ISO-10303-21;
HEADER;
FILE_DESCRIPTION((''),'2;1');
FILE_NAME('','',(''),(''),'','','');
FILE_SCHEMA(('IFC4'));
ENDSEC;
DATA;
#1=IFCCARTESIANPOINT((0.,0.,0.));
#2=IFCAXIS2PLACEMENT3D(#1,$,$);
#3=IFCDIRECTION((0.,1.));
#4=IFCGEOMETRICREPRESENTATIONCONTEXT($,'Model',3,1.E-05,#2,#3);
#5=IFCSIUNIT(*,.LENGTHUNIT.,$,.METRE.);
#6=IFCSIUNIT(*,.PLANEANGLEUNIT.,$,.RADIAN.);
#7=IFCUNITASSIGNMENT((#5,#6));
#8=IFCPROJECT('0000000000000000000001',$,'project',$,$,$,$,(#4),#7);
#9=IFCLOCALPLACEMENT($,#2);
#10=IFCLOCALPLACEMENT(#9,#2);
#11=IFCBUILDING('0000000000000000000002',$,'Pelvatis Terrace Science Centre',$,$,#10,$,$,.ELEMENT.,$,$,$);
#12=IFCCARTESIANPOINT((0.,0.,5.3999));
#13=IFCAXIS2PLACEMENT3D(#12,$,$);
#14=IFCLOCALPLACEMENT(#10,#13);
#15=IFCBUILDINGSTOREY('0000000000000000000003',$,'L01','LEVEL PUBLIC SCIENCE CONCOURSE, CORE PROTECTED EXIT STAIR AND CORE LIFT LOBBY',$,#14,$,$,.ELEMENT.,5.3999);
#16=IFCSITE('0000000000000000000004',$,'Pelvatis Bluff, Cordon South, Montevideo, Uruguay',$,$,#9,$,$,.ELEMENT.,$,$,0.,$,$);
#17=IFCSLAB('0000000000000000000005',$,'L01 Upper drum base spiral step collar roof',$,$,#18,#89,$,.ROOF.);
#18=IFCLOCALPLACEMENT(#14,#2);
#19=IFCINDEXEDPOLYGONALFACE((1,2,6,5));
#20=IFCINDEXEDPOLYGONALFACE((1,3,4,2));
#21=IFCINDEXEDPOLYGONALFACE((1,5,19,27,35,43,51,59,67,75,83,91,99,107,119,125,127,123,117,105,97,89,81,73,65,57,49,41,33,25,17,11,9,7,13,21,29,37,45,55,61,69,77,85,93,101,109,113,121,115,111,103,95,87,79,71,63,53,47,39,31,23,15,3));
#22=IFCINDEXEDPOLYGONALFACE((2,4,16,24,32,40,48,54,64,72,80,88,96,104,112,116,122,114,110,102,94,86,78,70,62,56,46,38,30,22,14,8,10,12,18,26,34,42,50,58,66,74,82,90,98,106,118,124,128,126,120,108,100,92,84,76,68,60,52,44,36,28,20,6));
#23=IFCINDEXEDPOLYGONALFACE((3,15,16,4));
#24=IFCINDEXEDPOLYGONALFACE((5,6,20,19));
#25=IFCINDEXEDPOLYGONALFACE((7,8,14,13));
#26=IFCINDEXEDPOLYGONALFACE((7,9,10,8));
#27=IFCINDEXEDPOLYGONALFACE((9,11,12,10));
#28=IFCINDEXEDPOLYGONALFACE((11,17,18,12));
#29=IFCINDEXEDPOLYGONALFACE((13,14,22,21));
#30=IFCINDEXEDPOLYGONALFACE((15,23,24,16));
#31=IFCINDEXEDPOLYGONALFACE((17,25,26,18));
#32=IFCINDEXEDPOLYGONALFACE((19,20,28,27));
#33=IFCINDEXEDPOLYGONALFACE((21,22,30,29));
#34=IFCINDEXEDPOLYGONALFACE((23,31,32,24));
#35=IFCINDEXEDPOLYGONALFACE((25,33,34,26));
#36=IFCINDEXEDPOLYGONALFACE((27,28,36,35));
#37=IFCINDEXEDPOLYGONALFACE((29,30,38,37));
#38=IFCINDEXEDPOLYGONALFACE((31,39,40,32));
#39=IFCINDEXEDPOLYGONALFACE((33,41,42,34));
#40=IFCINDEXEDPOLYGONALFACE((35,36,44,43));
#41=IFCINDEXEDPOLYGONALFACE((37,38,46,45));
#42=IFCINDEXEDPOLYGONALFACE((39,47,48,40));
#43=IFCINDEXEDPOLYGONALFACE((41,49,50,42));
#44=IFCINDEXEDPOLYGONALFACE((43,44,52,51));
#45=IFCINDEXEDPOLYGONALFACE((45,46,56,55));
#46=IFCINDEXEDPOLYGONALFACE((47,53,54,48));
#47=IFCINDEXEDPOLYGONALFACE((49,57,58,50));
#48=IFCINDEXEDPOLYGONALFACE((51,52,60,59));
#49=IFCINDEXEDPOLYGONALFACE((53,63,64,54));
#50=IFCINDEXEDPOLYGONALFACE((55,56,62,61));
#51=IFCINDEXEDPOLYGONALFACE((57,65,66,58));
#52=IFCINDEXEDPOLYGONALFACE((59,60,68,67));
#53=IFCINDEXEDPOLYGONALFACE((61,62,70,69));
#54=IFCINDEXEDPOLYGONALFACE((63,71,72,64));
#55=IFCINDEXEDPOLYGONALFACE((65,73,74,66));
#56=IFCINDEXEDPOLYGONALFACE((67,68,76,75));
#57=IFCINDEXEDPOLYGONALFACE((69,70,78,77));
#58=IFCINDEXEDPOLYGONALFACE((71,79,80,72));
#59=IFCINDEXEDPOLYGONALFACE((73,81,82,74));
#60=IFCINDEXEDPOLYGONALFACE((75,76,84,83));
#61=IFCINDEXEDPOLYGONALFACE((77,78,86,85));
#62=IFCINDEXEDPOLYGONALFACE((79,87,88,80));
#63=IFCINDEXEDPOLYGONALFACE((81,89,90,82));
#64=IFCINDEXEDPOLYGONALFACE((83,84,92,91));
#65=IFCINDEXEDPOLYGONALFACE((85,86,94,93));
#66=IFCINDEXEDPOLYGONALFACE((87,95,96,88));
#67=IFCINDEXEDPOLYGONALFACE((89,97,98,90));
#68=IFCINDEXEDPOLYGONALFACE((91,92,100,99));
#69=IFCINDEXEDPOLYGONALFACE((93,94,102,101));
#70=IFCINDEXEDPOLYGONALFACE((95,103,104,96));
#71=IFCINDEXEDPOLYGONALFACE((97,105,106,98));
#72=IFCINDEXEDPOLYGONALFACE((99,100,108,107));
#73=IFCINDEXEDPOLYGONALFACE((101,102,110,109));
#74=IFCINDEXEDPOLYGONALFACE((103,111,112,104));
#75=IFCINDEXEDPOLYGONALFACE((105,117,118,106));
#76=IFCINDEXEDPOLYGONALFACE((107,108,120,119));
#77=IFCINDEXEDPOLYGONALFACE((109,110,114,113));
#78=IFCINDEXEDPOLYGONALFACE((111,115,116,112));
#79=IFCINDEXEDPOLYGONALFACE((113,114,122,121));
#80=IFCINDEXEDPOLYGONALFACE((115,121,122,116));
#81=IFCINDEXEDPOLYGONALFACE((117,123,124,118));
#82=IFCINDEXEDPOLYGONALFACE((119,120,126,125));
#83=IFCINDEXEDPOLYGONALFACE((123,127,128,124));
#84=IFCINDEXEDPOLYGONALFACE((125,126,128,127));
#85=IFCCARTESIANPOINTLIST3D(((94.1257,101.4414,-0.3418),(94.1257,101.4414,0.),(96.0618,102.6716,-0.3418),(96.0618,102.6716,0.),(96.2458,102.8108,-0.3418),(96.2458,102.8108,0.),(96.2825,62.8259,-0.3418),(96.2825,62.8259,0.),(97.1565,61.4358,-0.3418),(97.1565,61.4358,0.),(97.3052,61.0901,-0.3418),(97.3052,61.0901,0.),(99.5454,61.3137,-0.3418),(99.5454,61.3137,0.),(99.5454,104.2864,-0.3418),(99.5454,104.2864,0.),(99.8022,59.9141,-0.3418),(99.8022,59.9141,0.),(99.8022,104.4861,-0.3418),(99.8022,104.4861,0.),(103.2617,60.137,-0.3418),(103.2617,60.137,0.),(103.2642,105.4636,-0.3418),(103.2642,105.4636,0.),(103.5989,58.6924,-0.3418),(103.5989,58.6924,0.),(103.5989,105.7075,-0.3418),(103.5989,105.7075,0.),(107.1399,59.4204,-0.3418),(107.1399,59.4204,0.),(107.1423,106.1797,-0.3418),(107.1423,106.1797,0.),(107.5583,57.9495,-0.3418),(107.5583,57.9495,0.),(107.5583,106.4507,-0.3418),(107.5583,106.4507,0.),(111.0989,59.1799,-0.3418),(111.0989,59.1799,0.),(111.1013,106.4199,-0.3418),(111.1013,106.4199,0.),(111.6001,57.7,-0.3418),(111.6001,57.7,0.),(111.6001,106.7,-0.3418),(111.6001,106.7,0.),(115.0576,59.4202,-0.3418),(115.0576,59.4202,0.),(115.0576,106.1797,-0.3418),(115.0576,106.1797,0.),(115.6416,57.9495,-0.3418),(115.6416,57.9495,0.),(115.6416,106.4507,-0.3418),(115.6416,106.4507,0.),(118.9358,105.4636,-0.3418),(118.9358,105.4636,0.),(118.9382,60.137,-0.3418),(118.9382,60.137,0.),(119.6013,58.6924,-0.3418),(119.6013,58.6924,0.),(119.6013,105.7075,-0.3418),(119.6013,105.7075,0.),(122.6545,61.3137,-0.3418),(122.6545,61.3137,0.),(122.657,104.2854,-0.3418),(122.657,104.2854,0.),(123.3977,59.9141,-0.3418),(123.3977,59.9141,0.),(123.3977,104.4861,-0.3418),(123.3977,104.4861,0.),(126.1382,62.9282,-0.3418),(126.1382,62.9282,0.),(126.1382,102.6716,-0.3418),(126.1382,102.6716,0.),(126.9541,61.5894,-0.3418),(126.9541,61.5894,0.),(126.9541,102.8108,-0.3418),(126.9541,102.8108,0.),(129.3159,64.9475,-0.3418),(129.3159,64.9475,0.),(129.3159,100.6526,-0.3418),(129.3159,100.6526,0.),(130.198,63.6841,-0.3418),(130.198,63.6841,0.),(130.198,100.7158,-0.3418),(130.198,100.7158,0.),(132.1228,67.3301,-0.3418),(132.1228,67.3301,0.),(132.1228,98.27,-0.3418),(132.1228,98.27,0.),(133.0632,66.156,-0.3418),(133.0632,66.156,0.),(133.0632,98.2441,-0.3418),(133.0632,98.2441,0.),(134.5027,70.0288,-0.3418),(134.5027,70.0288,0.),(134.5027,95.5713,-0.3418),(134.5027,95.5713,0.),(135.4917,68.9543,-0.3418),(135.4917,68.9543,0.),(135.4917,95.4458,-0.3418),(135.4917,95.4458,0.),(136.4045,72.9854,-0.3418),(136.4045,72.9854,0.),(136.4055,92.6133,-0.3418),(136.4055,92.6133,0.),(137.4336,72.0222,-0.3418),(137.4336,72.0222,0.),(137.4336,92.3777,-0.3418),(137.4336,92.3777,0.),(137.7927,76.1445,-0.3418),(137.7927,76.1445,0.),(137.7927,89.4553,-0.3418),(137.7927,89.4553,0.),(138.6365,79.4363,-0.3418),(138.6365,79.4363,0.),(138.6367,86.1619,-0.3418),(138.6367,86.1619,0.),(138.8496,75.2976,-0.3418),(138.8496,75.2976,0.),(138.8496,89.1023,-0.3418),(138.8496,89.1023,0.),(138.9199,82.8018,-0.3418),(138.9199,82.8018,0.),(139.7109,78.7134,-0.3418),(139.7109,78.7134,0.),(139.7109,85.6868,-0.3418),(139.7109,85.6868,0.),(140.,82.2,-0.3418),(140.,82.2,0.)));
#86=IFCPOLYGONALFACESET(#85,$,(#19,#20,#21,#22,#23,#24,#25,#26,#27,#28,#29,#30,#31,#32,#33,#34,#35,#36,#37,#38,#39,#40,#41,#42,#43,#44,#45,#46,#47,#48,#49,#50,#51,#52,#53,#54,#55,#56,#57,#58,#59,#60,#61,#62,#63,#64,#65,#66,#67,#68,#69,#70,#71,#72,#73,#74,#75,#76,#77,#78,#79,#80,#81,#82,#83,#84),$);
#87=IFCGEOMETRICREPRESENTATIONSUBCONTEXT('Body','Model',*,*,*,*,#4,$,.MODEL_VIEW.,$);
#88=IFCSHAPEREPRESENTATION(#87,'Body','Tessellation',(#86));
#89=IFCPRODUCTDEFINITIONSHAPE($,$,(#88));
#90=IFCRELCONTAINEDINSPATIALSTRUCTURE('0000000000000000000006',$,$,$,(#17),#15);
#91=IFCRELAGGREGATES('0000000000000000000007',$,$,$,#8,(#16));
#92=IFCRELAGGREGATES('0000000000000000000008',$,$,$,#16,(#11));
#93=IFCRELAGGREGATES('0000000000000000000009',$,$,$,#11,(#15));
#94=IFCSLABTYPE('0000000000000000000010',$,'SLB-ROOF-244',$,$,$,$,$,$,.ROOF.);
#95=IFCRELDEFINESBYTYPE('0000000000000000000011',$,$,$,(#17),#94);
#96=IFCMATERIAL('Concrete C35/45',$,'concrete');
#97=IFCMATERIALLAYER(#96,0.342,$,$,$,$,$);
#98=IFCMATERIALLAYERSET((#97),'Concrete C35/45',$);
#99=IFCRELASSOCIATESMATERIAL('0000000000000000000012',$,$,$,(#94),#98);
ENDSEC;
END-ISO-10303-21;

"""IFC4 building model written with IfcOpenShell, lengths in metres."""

from ifc_helpers import new_model, si_unit, direction, frame, origin, place, context, subcontext, project, spatial, polyline, outline, extrude, material, layer, layer_set, type_object, element, save


model = new_model("IFC4")

# Units and contexts
model_context = context("Model", 3, precision=1e-05, world=origin(), true_north=direction((0.0, 1.0)))
body_context = subcontext(model_context, "Body", "Model", "MODEL_VIEW")
ifc_project = project(units=[si_unit("LENGTHUNIT", "METRE"), si_unit("PLANEANGLEUNIT", "RADIAN")], contexts=[model_context])

# Site, building, storey
site_placement = place(None, origin())
site = spatial("IfcSite", under=ifc_project, at=site_placement, Name="Pelvatis Bluff, Cordon South, Montevideo, Uruguay", CompositionType="ELEMENT", RefElevation=0.0)
building_placement = place(site_placement, origin())
building = spatial("IfcBuilding", under=site, at=building_placement, Name="Pelvatis Terrace Science Centre", CompositionType="ELEMENT")
storey_placement = place(building_placement, frame((0.0, 0.0, 5.3999)))
storey = spatial("IfcBuildingStorey", under=building, at=storey_placement, Name="L01", Description="LEVEL PUBLIC SCIENCE CONCOURSE, CORE PROTECTED EXIT STAIR AND CORE LIFT LOBBY", CompositionType="ELEMENT", Elevation=5.3999)

# Slab
ifc_material_1 = material(Name="Concrete C35/45", Category="concrete")
ifc_layer_1 = layer(ifc_material_1, 0.342)
ifc_layer_set_1 = layer_set([ifc_layer_1], Name="Concrete C35/45")
slab_type_1 = type_object("IfcSlabType", Name="SLB-ROOF-244", PredefinedType="ROOF", material=ifc_layer_set_1)
slab_1_placement = place(storey_placement, frame((0.0, 0.0, -0.3418)))
element("IfcSlab", 1, at=slab_1_placement, inside=storey, type_object=slab_type_1, Name="L01 Upper drum base spiral step collar roof", PredefinedType="ROOF", context=body_context, shape_type="SweptSolid", body=[
    extrude(outline(polyline([(139.7109, 78.7134), (138.8496, 75.2976), (137.4336, 72.0222), (135.4917, 68.9543), (133.0632, 66.156), (130.198, 63.6841), (126.9541, 61.5894), (123.3977, 59.9141), (119.6013, 58.6924), (115.6416, 57.9495), (111.6001, 57.7), (107.5583, 57.9495), (103.5989, 58.6924), (99.8022, 59.9141), (97.3052, 61.0901), (97.1565, 61.4358), (96.2825, 62.8259), (99.5454, 61.3137), (103.2617, 60.137), (107.1399, 59.4204), (111.0989, 59.1799), (115.0576, 59.4202), (118.9382, 60.137), (122.6545, 61.3137), (126.1382, 62.9282), (129.3159, 64.9475), (132.1228, 67.3301), (134.5027, 70.0288), (136.4045, 72.9854), (137.7927, 76.1445), (138.6365, 79.4363), (138.9199, 82.8018), (138.6367, 86.1619), (137.7927, 89.4553), (136.4055, 92.6133), (134.5027, 95.5713), (132.1228, 98.27), (129.3159, 100.6526), (126.1382, 102.6716), (122.657, 104.2854), (118.9358, 105.4636), (115.0576, 106.1797), (111.1013, 106.4199), (107.1423, 106.1797), (103.2642, 105.4636), (99.5454, 104.2864), (96.0618, 102.6716), (94.1257, 101.4414), (96.2458, 102.8108), (99.8022, 104.4861), (103.5989, 105.7075), (107.5583, 106.4507), (111.6001, 106.7), (115.6416, 106.4507), (119.6013, 105.7075), (123.3977, 104.4861), (126.9541, 102.8108), (130.198, 100.7158), (133.0632, 98.2441), (135.4917, 95.4458), (137.4336, 92.3777), (138.8496, 89.1023), (139.7109, 85.6868), (140.0, 82.2), (139.7109, 78.7134)])), origin(), (0.0, 0.0, 1.0), 0.3418),
])

save(model, "model.ifc")
